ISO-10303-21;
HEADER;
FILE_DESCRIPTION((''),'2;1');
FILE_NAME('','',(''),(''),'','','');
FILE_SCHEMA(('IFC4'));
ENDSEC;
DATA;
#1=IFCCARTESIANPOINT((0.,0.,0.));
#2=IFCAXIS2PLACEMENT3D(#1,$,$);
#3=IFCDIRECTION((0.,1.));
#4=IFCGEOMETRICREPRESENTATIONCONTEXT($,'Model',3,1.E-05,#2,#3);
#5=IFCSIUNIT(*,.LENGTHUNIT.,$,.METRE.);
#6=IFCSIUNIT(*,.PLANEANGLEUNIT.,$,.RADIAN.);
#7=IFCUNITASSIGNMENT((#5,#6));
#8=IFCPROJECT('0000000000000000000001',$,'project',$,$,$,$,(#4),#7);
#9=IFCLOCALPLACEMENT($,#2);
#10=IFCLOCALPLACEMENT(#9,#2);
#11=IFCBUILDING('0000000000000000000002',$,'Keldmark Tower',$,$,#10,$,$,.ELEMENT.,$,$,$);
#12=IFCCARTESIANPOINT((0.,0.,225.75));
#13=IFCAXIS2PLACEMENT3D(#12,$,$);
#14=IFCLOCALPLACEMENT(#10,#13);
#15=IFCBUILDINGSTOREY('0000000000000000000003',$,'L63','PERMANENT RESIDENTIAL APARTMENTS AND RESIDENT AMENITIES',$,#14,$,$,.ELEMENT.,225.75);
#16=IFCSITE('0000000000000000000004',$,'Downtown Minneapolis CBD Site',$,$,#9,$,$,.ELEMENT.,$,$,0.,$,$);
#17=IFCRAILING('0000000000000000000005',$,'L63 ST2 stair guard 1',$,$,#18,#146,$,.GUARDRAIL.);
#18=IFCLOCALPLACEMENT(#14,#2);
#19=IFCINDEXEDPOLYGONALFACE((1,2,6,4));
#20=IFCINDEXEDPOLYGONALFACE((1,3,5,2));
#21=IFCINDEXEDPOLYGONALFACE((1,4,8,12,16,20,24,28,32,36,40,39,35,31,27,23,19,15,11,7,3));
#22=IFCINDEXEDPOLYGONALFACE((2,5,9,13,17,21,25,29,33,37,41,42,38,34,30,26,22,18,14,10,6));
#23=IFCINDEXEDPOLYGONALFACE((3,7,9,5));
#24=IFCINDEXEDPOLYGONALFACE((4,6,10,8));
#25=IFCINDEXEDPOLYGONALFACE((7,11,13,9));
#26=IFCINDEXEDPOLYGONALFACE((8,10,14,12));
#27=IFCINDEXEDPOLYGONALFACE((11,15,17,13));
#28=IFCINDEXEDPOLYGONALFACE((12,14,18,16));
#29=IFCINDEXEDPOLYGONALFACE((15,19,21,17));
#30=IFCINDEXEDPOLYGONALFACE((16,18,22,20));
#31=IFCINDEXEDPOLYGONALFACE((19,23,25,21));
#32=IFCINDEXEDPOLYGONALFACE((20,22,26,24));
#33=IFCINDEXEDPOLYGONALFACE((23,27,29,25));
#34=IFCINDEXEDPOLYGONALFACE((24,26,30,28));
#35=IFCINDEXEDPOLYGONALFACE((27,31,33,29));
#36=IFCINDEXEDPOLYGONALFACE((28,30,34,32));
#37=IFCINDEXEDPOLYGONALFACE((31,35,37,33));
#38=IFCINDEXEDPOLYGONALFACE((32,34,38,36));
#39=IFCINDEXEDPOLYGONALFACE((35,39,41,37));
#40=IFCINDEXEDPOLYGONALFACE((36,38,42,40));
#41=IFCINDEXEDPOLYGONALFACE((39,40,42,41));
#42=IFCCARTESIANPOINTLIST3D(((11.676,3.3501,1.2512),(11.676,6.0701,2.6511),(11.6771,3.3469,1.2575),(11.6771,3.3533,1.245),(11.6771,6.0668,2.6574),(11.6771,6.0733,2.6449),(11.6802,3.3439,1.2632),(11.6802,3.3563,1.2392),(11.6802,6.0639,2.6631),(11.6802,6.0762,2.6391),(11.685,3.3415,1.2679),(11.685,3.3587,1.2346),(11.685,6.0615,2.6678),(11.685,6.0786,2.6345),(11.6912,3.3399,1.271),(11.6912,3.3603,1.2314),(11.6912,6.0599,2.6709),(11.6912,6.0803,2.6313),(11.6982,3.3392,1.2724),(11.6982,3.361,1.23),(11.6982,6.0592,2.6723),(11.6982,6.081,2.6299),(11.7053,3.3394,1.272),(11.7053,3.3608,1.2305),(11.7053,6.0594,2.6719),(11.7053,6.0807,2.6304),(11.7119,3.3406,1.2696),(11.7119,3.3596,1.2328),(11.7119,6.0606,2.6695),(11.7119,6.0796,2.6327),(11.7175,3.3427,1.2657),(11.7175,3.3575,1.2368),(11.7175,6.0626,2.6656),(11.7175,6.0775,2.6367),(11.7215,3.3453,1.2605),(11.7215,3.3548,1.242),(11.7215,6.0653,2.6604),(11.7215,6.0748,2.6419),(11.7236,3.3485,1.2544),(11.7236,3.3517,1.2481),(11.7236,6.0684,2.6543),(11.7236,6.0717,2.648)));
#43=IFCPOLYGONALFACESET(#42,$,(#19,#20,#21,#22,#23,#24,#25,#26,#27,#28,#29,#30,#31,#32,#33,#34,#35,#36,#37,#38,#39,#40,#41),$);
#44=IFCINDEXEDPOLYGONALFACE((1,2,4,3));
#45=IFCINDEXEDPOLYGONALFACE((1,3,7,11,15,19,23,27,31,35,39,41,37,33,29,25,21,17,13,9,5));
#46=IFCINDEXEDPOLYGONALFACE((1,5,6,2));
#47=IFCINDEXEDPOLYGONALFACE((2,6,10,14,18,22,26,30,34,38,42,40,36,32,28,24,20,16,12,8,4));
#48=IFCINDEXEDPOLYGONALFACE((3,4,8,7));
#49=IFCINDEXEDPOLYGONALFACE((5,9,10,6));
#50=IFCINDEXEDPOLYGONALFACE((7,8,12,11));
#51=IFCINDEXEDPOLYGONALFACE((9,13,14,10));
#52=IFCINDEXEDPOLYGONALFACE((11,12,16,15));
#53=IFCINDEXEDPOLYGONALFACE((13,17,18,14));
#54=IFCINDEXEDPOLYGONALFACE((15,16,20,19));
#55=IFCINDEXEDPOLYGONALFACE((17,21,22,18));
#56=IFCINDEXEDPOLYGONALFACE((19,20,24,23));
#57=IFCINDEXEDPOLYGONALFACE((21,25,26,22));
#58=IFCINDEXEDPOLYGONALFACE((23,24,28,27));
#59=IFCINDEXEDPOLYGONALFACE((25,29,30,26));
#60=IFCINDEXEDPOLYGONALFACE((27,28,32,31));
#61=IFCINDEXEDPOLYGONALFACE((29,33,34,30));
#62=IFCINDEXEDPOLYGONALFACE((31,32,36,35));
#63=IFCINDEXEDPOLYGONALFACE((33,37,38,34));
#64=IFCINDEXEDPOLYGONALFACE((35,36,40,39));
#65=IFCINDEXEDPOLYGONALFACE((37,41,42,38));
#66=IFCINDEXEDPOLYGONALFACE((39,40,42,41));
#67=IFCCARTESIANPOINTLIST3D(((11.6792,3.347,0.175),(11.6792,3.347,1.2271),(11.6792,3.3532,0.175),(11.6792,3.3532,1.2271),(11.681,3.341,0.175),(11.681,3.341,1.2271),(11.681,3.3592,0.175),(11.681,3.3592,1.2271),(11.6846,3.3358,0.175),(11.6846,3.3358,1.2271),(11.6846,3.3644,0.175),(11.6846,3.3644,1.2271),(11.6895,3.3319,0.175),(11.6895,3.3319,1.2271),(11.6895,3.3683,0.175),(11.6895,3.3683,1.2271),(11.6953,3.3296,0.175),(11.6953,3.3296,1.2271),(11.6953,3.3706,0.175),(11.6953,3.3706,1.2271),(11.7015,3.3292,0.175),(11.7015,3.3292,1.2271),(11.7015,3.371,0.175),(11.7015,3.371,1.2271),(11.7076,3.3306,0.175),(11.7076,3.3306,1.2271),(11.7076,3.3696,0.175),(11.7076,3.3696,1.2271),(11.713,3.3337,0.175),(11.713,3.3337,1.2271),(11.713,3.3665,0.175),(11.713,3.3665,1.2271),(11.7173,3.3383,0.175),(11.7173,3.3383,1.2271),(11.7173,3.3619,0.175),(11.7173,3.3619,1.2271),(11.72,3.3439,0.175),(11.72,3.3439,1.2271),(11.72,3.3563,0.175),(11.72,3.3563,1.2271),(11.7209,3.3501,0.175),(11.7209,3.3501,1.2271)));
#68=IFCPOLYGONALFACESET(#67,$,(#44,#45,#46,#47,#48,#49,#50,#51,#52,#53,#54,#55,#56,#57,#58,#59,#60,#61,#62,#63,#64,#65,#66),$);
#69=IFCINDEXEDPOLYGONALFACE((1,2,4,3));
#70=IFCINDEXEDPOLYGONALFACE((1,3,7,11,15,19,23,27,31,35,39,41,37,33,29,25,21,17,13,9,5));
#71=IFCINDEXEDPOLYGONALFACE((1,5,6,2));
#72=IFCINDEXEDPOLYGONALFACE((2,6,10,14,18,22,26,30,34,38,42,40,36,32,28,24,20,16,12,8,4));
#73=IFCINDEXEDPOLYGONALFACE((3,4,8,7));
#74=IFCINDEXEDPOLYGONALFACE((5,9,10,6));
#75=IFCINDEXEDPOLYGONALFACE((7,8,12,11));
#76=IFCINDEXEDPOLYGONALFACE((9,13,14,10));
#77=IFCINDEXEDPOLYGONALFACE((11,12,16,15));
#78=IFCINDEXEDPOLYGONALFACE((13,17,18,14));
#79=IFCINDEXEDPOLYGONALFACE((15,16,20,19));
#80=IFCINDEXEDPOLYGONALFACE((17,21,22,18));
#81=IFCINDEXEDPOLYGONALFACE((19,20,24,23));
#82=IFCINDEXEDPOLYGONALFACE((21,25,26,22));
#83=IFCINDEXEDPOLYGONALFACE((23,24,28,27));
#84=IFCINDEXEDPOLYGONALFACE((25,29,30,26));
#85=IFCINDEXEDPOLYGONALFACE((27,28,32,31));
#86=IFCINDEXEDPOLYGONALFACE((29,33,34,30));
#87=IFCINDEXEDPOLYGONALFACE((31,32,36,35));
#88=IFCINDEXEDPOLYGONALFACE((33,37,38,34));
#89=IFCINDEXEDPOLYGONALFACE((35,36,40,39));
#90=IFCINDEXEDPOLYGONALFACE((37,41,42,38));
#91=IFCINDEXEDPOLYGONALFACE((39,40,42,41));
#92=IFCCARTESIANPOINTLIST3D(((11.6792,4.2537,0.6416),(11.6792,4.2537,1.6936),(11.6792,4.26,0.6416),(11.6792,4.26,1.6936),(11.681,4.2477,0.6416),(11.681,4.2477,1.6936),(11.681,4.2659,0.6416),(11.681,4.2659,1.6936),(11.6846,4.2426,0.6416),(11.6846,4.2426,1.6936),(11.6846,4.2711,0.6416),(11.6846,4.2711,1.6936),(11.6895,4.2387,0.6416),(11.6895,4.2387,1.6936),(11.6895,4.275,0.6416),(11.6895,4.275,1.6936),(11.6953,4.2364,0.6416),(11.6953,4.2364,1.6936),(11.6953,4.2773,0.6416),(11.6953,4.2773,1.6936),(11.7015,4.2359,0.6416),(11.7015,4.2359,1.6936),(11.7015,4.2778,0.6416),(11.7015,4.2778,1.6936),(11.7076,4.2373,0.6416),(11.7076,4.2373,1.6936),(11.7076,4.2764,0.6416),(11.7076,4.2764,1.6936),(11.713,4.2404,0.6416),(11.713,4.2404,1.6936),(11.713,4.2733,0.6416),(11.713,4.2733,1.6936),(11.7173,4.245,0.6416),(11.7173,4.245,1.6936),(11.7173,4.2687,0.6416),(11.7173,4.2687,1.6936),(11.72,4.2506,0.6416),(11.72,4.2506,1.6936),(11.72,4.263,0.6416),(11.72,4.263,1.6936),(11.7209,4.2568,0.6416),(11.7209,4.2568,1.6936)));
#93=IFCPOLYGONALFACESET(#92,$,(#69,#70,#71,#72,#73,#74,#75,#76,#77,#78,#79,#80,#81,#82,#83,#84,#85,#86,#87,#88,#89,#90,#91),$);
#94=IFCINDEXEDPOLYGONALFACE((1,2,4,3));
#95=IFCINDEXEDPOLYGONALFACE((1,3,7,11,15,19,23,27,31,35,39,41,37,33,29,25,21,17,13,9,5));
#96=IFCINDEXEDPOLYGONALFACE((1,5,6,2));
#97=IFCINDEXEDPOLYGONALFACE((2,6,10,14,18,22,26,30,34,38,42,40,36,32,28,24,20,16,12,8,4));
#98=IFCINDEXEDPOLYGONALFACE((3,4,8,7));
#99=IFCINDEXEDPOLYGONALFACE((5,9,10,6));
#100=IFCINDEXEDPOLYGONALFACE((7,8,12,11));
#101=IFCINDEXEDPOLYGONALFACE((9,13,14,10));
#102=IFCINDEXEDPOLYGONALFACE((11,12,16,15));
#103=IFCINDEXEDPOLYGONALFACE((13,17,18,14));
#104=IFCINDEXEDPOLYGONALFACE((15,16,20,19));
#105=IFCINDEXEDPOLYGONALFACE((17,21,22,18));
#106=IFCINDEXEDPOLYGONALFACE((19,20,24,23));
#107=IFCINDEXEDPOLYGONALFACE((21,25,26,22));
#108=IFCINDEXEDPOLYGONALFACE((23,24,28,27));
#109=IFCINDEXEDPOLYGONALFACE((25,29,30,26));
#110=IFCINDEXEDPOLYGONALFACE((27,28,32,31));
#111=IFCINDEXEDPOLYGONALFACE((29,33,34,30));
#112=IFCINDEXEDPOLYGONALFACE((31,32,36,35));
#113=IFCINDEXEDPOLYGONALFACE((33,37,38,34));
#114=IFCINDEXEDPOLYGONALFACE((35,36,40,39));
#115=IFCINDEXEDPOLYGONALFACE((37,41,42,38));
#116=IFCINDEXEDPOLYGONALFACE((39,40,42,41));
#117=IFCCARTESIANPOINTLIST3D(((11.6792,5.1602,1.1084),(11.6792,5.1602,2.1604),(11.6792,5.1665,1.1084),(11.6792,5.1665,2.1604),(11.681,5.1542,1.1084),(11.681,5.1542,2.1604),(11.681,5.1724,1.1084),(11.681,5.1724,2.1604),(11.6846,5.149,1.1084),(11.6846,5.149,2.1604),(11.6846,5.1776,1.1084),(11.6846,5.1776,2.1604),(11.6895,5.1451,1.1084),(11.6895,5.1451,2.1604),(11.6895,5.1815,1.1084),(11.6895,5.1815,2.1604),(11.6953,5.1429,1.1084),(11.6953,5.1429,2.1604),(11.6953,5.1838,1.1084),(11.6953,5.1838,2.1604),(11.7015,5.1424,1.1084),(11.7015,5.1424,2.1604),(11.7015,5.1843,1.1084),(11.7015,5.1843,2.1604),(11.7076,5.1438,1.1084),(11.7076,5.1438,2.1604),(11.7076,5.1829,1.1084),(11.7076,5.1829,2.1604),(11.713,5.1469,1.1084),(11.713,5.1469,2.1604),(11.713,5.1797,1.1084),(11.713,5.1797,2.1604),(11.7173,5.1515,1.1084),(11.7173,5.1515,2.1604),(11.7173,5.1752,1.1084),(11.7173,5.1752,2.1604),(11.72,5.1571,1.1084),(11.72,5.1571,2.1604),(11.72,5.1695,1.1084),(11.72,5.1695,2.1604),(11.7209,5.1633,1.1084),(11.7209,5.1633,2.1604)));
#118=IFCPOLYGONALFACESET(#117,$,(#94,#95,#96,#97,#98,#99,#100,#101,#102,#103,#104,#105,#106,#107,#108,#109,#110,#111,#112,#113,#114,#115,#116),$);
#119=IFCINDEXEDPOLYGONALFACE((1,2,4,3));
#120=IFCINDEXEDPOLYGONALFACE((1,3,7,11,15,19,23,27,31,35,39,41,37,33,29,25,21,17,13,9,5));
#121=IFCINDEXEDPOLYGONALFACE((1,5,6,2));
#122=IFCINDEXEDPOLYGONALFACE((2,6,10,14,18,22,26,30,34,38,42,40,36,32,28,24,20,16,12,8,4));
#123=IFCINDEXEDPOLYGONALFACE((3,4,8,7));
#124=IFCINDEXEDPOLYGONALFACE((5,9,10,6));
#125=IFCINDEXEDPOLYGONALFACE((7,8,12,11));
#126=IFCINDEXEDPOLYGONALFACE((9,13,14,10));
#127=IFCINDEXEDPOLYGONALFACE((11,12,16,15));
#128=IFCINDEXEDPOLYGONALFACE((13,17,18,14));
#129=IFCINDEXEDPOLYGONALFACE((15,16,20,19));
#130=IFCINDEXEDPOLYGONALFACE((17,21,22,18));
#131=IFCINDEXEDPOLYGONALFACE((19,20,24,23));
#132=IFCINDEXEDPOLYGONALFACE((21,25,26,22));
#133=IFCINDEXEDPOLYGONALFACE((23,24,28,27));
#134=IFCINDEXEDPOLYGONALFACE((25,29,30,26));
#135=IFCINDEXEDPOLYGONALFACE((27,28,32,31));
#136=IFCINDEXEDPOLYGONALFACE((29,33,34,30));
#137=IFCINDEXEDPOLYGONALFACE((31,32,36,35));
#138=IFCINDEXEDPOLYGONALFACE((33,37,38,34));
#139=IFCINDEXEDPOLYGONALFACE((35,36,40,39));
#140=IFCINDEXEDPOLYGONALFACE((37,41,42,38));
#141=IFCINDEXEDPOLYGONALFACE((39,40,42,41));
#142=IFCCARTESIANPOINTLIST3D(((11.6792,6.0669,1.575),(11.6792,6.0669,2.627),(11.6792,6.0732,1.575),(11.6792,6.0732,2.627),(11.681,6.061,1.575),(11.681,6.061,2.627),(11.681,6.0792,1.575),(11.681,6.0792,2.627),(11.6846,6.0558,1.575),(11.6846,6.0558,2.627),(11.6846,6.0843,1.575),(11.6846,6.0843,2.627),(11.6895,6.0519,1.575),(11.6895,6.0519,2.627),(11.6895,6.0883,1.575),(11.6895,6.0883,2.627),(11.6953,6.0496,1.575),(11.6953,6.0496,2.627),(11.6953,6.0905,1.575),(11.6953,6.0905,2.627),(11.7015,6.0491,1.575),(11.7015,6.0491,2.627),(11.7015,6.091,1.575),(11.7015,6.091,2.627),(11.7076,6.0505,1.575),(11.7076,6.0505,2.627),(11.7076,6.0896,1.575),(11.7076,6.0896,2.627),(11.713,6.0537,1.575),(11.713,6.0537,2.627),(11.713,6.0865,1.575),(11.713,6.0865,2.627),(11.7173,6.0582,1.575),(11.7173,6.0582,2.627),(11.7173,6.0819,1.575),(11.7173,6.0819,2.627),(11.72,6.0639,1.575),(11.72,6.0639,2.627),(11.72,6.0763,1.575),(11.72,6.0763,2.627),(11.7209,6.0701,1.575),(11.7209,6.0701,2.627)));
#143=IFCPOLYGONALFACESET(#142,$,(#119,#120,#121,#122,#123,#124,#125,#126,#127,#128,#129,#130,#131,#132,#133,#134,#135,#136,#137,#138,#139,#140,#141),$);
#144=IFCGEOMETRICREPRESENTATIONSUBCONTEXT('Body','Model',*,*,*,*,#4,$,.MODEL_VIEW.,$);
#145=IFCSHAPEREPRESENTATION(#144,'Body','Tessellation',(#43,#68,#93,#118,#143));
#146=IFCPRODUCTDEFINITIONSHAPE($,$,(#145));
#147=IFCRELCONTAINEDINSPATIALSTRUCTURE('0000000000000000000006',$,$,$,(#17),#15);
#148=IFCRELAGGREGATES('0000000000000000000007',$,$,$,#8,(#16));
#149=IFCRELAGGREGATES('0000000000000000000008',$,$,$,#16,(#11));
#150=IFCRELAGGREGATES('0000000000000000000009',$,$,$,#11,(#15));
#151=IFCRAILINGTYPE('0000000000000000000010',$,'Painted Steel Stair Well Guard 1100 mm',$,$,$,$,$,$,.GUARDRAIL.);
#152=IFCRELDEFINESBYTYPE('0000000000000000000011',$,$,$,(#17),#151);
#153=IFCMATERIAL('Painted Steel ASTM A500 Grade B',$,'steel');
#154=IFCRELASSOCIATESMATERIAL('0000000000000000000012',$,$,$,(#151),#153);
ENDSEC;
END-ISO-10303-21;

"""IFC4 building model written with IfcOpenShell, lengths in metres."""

from ifc_helpers import new_model, si_unit, direction, frame, origin, origin_2d, place, context, subcontext, project, spatial, circle, extrude, material, type_object, element, save


model = new_model("IFC4")

# Units and contexts
model_context = context("Model", 3, precision=1e-05, world=origin(), true_north=direction((0.0, 1.0)))
body_context = subcontext(model_context, "Body", "Model", "MODEL_VIEW")
ifc_project = project(units=[si_unit("LENGTHUNIT", "METRE"), si_unit("PLANEANGLEUNIT", "RADIAN")], contexts=[model_context])

# Site, building, storey
site_placement = place(None, origin())
site = spatial("IfcSite", under=ifc_project, at=site_placement, Name="Downtown Minneapolis CBD Site", CompositionType="ELEMENT", RefElevation=0.0)
building_placement = place(site_placement, origin())
building = spatial("IfcBuilding", under=site, at=building_placement, Name="Keldmark Tower", CompositionType="ELEMENT")
storey_placement = place(building_placement, frame((0.0, 0.0, 225.75)))
storey = spatial("IfcBuildingStorey", under=building, at=storey_placement, Name="L63", Description="PERMANENT RESIDENTIAL APARTMENTS AND RESIDENT AMENITIES", CompositionType="ELEMENT", Elevation=225.75)

# Railing
ifc_material_1 = material(Name="Painted Steel ASTM A500 Grade B", Category="steel")
railing_type_1 = type_object("IfcRailingType", Name="Painted Steel Stair Well Guard 1100 mm", PredefinedType="GUARDRAIL", material=ifc_material_1)
railing_1_placement = place(storey_placement, frame((11.7, 3.3501, 0.175)))
element("IfcRailing", 1, at=railing_1_placement, inside=storey, type_object=railing_type_1, Name="L63 ST2 stair guard 1", PredefinedType="GUARDRAIL", context=body_context, shape_type="SweptSolid", body=[
    extrude(circle(Radius=0.0239, at=origin_2d()), frame((0.0, 0.0, 1.0762), z_axis=(0.0, 0.889147, 0.457622), x_axis=(-1.0, 0.0, 0.0)), (0.0, 0.0, 1.0), 3.0591),
    extrude(circle(Radius=0.021, at=origin_2d()), origin(), (0.0, 0.0, 1.0), 1.052),
    extrude(circle(Radius=0.021, at=origin_2d()), frame((0.0, 0.9067, 0.4666)), (0.0, 0.0, 1.0), 1.052),
    extrude(circle(Radius=0.021, at=origin_2d()), frame((0.0, 1.8132, 0.9333)), (0.0, 0.0, 1.0), 1.052),
    extrude(circle(Radius=0.021, at=origin_2d()), frame((0.0, 2.72, 1.3999)), (0.0, 0.0, 1.0), 1.052),
])

save(model, "model.ifc")
